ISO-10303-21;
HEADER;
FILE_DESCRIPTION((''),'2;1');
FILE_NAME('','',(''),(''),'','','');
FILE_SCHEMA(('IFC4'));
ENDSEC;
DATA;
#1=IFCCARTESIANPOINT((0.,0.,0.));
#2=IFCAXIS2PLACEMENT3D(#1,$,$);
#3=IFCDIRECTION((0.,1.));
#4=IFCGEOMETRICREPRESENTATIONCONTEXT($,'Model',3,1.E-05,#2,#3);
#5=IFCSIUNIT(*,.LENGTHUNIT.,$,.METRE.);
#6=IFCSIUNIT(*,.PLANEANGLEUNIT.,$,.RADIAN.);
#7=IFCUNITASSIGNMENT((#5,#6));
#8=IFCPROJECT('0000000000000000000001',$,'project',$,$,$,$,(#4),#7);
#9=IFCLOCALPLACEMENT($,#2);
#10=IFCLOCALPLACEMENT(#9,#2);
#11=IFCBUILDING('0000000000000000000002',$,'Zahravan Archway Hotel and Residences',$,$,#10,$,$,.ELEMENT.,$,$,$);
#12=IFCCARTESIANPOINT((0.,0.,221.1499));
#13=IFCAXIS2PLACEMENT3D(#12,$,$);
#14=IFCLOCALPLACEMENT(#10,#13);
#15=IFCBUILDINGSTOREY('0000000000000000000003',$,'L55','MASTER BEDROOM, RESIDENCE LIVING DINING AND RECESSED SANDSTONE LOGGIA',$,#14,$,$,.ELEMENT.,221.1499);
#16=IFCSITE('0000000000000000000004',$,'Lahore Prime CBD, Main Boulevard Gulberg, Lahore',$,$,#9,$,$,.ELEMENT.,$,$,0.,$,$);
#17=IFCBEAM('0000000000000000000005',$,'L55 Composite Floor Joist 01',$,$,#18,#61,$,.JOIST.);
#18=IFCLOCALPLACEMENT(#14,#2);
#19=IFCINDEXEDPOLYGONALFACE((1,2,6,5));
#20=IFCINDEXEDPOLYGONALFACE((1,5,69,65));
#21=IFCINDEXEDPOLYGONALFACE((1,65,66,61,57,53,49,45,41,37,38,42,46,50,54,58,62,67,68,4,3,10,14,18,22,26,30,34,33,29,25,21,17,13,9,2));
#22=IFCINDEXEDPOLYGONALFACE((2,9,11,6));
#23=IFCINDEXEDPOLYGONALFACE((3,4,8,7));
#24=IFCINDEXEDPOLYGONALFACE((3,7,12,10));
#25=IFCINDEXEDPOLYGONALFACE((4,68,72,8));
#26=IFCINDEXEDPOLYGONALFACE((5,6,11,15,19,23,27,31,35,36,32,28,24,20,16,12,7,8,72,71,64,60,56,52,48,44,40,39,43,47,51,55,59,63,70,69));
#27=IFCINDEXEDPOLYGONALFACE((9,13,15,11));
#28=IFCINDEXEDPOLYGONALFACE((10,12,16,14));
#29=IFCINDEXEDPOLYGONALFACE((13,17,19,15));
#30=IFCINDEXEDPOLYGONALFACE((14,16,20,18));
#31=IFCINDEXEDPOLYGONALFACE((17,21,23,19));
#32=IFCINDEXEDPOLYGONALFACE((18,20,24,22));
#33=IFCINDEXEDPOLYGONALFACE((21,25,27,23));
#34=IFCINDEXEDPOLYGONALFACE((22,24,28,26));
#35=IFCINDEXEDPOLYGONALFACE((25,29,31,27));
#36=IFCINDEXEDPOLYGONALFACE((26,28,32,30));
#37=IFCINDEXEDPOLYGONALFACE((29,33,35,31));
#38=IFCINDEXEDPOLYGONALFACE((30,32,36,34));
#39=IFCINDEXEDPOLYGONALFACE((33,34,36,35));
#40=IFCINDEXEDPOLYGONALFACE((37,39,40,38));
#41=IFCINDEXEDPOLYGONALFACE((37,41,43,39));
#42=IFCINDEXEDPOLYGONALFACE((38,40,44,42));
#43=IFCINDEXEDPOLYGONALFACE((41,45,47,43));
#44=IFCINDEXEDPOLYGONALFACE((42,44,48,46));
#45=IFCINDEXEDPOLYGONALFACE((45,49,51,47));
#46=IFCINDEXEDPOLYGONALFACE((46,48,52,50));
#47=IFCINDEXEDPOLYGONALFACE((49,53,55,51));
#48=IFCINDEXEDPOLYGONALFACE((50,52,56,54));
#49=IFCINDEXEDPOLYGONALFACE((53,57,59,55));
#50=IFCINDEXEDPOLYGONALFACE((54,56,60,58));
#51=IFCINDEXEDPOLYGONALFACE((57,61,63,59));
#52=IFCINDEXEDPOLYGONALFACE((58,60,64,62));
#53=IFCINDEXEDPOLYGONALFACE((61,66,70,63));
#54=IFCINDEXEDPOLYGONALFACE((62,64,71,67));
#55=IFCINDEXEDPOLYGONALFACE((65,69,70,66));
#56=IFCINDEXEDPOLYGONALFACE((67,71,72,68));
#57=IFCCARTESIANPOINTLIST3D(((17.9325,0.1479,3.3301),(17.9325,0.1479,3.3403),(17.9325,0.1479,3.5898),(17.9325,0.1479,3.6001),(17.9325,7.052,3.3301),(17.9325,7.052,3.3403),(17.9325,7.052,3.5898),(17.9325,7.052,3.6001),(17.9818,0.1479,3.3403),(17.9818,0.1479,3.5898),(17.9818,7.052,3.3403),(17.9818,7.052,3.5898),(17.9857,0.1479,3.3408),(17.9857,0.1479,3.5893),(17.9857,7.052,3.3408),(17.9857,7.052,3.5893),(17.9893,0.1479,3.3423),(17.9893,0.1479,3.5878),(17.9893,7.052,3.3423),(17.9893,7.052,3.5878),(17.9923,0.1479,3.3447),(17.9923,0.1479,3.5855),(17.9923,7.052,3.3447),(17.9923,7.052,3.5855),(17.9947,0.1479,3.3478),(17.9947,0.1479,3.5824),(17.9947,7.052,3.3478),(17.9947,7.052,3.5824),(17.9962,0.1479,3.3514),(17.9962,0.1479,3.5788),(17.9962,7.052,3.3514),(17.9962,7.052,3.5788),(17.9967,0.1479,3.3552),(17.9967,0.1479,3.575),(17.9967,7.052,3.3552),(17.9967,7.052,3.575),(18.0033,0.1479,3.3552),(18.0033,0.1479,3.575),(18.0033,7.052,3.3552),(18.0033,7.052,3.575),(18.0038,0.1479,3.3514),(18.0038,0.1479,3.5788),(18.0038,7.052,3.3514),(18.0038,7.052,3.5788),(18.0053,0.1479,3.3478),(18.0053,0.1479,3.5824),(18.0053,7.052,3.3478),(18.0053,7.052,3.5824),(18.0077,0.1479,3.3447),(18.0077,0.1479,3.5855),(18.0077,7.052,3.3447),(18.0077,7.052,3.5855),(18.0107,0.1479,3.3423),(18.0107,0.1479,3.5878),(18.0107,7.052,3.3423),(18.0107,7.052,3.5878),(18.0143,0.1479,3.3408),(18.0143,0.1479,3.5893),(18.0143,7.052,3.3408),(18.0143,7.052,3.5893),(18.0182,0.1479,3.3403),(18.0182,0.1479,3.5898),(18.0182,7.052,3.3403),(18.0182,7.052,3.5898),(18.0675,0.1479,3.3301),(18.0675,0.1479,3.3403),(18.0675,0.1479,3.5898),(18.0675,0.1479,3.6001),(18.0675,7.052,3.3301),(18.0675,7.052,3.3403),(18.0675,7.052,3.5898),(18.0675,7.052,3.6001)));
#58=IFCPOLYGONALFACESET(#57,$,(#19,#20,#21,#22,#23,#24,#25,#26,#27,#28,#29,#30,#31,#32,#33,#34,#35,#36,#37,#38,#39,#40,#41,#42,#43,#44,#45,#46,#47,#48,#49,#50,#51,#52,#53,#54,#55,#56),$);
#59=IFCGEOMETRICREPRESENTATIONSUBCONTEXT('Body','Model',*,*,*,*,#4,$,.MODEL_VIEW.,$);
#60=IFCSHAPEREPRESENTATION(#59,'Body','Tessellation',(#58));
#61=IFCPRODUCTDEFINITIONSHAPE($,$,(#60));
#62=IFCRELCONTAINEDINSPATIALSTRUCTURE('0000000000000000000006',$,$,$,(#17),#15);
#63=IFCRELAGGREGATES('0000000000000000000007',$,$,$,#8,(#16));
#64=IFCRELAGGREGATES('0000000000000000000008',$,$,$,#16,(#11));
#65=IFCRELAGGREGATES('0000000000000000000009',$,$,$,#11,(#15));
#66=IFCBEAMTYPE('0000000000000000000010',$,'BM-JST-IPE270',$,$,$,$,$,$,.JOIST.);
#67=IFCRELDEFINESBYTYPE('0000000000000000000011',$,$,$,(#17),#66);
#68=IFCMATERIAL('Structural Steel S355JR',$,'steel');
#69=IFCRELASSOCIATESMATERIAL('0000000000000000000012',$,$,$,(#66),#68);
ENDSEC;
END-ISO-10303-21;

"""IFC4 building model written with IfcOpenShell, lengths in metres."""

from ifc_helpers import new_model, si_unit, direction, frame, origin, origin_2d, place, context, subcontext, project, spatial, i_section, extrude, source, transform, mapped, material, material_profile, profile_set, type_object, type_shapes, element, save


model = new_model("IFC4")

# Units and contexts
model_context = context("Model", 3, precision=1e-05, world=origin(), true_north=direction((0.0, 1.0)))
body_context = subcontext(model_context, "Body", "Model", "MODEL_VIEW")
ifc_project = project(units=[si_unit("LENGTHUNIT", "METRE"), si_unit("PLANEANGLEUNIT", "RADIAN")], contexts=[model_context])

# Site, building, storey
site_placement = place(None, origin())
site = spatial("IfcSite", under=ifc_project, at=site_placement, Name="Lahore Prime CBD, Main Boulevard Gulberg, Lahore", CompositionType="ELEMENT", RefElevation=0.0)
building_placement = place(site_placement, origin())
building = spatial("IfcBuilding", under=site, at=building_placement, Name="Zahravan Archway Hotel and Residences", CompositionType="ELEMENT")
storey_placement = place(building_placement, frame((0.0, 0.0, 221.1499)))
storey = spatial("IfcBuildingStorey", under=building, at=storey_placement, Name="L55", Description="MASTER BEDROOM, RESIDENCE LIVING DINING AND RECESSED SANDSTONE LOGGIA", CompositionType="ELEMENT", Elevation=221.1499)

# Beam
ifc_material_1 = material(Name="Structural Steel S355JR", Category="steel")
ifc_material_profile = material_profile(ifc_material_1, i_section(OverallWidth=0.135, OverallDepth=0.27, WebThickness=0.0066, FlangeThickness=0.0103, FilletRadius=0.0149, at=origin_2d()), Name="IPE 270", Category="steel")
ifc_profile_set = profile_set([ifc_material_profile], Name="Structural Steel S355JR")
beam_type = type_object("IfcBeamType", Name="BM-JST-IPE270", PredefinedType="JOIST", material=ifc_profile_set)
shared_shape_1 = source(origin(), body_context, "Body", "SweptSolid", [
    extrude(i_section(OverallWidth=0.135, OverallDepth=0.27, WebThickness=0.0066, FlangeThickness=0.0103, FilletRadius=0.0149, at=origin_2d()), origin(), (0.0, 0.0, 1.0), 6.9041),
])
type_shapes(beam_type, [shared_shape_1])
beam_placement = place(storey_placement, frame((18.0, 0.1479, 3.4651), z_axis=(0.0, 1.0, 0.0), x_axis=(-1.0, 0.0, 0.0)))
element("IfcBeam", 1, at=beam_placement, inside=storey, type_object=beam_type, Name="L55 Composite Floor Joist 01", PredefinedType="JOIST", context=body_context, shape_type="MappedRepresentation", body=[
    mapped(shared_shape_1, transform((0.0, 0.0, 0.0), scale=1.0)),
])

save(model, "model.ifc")
